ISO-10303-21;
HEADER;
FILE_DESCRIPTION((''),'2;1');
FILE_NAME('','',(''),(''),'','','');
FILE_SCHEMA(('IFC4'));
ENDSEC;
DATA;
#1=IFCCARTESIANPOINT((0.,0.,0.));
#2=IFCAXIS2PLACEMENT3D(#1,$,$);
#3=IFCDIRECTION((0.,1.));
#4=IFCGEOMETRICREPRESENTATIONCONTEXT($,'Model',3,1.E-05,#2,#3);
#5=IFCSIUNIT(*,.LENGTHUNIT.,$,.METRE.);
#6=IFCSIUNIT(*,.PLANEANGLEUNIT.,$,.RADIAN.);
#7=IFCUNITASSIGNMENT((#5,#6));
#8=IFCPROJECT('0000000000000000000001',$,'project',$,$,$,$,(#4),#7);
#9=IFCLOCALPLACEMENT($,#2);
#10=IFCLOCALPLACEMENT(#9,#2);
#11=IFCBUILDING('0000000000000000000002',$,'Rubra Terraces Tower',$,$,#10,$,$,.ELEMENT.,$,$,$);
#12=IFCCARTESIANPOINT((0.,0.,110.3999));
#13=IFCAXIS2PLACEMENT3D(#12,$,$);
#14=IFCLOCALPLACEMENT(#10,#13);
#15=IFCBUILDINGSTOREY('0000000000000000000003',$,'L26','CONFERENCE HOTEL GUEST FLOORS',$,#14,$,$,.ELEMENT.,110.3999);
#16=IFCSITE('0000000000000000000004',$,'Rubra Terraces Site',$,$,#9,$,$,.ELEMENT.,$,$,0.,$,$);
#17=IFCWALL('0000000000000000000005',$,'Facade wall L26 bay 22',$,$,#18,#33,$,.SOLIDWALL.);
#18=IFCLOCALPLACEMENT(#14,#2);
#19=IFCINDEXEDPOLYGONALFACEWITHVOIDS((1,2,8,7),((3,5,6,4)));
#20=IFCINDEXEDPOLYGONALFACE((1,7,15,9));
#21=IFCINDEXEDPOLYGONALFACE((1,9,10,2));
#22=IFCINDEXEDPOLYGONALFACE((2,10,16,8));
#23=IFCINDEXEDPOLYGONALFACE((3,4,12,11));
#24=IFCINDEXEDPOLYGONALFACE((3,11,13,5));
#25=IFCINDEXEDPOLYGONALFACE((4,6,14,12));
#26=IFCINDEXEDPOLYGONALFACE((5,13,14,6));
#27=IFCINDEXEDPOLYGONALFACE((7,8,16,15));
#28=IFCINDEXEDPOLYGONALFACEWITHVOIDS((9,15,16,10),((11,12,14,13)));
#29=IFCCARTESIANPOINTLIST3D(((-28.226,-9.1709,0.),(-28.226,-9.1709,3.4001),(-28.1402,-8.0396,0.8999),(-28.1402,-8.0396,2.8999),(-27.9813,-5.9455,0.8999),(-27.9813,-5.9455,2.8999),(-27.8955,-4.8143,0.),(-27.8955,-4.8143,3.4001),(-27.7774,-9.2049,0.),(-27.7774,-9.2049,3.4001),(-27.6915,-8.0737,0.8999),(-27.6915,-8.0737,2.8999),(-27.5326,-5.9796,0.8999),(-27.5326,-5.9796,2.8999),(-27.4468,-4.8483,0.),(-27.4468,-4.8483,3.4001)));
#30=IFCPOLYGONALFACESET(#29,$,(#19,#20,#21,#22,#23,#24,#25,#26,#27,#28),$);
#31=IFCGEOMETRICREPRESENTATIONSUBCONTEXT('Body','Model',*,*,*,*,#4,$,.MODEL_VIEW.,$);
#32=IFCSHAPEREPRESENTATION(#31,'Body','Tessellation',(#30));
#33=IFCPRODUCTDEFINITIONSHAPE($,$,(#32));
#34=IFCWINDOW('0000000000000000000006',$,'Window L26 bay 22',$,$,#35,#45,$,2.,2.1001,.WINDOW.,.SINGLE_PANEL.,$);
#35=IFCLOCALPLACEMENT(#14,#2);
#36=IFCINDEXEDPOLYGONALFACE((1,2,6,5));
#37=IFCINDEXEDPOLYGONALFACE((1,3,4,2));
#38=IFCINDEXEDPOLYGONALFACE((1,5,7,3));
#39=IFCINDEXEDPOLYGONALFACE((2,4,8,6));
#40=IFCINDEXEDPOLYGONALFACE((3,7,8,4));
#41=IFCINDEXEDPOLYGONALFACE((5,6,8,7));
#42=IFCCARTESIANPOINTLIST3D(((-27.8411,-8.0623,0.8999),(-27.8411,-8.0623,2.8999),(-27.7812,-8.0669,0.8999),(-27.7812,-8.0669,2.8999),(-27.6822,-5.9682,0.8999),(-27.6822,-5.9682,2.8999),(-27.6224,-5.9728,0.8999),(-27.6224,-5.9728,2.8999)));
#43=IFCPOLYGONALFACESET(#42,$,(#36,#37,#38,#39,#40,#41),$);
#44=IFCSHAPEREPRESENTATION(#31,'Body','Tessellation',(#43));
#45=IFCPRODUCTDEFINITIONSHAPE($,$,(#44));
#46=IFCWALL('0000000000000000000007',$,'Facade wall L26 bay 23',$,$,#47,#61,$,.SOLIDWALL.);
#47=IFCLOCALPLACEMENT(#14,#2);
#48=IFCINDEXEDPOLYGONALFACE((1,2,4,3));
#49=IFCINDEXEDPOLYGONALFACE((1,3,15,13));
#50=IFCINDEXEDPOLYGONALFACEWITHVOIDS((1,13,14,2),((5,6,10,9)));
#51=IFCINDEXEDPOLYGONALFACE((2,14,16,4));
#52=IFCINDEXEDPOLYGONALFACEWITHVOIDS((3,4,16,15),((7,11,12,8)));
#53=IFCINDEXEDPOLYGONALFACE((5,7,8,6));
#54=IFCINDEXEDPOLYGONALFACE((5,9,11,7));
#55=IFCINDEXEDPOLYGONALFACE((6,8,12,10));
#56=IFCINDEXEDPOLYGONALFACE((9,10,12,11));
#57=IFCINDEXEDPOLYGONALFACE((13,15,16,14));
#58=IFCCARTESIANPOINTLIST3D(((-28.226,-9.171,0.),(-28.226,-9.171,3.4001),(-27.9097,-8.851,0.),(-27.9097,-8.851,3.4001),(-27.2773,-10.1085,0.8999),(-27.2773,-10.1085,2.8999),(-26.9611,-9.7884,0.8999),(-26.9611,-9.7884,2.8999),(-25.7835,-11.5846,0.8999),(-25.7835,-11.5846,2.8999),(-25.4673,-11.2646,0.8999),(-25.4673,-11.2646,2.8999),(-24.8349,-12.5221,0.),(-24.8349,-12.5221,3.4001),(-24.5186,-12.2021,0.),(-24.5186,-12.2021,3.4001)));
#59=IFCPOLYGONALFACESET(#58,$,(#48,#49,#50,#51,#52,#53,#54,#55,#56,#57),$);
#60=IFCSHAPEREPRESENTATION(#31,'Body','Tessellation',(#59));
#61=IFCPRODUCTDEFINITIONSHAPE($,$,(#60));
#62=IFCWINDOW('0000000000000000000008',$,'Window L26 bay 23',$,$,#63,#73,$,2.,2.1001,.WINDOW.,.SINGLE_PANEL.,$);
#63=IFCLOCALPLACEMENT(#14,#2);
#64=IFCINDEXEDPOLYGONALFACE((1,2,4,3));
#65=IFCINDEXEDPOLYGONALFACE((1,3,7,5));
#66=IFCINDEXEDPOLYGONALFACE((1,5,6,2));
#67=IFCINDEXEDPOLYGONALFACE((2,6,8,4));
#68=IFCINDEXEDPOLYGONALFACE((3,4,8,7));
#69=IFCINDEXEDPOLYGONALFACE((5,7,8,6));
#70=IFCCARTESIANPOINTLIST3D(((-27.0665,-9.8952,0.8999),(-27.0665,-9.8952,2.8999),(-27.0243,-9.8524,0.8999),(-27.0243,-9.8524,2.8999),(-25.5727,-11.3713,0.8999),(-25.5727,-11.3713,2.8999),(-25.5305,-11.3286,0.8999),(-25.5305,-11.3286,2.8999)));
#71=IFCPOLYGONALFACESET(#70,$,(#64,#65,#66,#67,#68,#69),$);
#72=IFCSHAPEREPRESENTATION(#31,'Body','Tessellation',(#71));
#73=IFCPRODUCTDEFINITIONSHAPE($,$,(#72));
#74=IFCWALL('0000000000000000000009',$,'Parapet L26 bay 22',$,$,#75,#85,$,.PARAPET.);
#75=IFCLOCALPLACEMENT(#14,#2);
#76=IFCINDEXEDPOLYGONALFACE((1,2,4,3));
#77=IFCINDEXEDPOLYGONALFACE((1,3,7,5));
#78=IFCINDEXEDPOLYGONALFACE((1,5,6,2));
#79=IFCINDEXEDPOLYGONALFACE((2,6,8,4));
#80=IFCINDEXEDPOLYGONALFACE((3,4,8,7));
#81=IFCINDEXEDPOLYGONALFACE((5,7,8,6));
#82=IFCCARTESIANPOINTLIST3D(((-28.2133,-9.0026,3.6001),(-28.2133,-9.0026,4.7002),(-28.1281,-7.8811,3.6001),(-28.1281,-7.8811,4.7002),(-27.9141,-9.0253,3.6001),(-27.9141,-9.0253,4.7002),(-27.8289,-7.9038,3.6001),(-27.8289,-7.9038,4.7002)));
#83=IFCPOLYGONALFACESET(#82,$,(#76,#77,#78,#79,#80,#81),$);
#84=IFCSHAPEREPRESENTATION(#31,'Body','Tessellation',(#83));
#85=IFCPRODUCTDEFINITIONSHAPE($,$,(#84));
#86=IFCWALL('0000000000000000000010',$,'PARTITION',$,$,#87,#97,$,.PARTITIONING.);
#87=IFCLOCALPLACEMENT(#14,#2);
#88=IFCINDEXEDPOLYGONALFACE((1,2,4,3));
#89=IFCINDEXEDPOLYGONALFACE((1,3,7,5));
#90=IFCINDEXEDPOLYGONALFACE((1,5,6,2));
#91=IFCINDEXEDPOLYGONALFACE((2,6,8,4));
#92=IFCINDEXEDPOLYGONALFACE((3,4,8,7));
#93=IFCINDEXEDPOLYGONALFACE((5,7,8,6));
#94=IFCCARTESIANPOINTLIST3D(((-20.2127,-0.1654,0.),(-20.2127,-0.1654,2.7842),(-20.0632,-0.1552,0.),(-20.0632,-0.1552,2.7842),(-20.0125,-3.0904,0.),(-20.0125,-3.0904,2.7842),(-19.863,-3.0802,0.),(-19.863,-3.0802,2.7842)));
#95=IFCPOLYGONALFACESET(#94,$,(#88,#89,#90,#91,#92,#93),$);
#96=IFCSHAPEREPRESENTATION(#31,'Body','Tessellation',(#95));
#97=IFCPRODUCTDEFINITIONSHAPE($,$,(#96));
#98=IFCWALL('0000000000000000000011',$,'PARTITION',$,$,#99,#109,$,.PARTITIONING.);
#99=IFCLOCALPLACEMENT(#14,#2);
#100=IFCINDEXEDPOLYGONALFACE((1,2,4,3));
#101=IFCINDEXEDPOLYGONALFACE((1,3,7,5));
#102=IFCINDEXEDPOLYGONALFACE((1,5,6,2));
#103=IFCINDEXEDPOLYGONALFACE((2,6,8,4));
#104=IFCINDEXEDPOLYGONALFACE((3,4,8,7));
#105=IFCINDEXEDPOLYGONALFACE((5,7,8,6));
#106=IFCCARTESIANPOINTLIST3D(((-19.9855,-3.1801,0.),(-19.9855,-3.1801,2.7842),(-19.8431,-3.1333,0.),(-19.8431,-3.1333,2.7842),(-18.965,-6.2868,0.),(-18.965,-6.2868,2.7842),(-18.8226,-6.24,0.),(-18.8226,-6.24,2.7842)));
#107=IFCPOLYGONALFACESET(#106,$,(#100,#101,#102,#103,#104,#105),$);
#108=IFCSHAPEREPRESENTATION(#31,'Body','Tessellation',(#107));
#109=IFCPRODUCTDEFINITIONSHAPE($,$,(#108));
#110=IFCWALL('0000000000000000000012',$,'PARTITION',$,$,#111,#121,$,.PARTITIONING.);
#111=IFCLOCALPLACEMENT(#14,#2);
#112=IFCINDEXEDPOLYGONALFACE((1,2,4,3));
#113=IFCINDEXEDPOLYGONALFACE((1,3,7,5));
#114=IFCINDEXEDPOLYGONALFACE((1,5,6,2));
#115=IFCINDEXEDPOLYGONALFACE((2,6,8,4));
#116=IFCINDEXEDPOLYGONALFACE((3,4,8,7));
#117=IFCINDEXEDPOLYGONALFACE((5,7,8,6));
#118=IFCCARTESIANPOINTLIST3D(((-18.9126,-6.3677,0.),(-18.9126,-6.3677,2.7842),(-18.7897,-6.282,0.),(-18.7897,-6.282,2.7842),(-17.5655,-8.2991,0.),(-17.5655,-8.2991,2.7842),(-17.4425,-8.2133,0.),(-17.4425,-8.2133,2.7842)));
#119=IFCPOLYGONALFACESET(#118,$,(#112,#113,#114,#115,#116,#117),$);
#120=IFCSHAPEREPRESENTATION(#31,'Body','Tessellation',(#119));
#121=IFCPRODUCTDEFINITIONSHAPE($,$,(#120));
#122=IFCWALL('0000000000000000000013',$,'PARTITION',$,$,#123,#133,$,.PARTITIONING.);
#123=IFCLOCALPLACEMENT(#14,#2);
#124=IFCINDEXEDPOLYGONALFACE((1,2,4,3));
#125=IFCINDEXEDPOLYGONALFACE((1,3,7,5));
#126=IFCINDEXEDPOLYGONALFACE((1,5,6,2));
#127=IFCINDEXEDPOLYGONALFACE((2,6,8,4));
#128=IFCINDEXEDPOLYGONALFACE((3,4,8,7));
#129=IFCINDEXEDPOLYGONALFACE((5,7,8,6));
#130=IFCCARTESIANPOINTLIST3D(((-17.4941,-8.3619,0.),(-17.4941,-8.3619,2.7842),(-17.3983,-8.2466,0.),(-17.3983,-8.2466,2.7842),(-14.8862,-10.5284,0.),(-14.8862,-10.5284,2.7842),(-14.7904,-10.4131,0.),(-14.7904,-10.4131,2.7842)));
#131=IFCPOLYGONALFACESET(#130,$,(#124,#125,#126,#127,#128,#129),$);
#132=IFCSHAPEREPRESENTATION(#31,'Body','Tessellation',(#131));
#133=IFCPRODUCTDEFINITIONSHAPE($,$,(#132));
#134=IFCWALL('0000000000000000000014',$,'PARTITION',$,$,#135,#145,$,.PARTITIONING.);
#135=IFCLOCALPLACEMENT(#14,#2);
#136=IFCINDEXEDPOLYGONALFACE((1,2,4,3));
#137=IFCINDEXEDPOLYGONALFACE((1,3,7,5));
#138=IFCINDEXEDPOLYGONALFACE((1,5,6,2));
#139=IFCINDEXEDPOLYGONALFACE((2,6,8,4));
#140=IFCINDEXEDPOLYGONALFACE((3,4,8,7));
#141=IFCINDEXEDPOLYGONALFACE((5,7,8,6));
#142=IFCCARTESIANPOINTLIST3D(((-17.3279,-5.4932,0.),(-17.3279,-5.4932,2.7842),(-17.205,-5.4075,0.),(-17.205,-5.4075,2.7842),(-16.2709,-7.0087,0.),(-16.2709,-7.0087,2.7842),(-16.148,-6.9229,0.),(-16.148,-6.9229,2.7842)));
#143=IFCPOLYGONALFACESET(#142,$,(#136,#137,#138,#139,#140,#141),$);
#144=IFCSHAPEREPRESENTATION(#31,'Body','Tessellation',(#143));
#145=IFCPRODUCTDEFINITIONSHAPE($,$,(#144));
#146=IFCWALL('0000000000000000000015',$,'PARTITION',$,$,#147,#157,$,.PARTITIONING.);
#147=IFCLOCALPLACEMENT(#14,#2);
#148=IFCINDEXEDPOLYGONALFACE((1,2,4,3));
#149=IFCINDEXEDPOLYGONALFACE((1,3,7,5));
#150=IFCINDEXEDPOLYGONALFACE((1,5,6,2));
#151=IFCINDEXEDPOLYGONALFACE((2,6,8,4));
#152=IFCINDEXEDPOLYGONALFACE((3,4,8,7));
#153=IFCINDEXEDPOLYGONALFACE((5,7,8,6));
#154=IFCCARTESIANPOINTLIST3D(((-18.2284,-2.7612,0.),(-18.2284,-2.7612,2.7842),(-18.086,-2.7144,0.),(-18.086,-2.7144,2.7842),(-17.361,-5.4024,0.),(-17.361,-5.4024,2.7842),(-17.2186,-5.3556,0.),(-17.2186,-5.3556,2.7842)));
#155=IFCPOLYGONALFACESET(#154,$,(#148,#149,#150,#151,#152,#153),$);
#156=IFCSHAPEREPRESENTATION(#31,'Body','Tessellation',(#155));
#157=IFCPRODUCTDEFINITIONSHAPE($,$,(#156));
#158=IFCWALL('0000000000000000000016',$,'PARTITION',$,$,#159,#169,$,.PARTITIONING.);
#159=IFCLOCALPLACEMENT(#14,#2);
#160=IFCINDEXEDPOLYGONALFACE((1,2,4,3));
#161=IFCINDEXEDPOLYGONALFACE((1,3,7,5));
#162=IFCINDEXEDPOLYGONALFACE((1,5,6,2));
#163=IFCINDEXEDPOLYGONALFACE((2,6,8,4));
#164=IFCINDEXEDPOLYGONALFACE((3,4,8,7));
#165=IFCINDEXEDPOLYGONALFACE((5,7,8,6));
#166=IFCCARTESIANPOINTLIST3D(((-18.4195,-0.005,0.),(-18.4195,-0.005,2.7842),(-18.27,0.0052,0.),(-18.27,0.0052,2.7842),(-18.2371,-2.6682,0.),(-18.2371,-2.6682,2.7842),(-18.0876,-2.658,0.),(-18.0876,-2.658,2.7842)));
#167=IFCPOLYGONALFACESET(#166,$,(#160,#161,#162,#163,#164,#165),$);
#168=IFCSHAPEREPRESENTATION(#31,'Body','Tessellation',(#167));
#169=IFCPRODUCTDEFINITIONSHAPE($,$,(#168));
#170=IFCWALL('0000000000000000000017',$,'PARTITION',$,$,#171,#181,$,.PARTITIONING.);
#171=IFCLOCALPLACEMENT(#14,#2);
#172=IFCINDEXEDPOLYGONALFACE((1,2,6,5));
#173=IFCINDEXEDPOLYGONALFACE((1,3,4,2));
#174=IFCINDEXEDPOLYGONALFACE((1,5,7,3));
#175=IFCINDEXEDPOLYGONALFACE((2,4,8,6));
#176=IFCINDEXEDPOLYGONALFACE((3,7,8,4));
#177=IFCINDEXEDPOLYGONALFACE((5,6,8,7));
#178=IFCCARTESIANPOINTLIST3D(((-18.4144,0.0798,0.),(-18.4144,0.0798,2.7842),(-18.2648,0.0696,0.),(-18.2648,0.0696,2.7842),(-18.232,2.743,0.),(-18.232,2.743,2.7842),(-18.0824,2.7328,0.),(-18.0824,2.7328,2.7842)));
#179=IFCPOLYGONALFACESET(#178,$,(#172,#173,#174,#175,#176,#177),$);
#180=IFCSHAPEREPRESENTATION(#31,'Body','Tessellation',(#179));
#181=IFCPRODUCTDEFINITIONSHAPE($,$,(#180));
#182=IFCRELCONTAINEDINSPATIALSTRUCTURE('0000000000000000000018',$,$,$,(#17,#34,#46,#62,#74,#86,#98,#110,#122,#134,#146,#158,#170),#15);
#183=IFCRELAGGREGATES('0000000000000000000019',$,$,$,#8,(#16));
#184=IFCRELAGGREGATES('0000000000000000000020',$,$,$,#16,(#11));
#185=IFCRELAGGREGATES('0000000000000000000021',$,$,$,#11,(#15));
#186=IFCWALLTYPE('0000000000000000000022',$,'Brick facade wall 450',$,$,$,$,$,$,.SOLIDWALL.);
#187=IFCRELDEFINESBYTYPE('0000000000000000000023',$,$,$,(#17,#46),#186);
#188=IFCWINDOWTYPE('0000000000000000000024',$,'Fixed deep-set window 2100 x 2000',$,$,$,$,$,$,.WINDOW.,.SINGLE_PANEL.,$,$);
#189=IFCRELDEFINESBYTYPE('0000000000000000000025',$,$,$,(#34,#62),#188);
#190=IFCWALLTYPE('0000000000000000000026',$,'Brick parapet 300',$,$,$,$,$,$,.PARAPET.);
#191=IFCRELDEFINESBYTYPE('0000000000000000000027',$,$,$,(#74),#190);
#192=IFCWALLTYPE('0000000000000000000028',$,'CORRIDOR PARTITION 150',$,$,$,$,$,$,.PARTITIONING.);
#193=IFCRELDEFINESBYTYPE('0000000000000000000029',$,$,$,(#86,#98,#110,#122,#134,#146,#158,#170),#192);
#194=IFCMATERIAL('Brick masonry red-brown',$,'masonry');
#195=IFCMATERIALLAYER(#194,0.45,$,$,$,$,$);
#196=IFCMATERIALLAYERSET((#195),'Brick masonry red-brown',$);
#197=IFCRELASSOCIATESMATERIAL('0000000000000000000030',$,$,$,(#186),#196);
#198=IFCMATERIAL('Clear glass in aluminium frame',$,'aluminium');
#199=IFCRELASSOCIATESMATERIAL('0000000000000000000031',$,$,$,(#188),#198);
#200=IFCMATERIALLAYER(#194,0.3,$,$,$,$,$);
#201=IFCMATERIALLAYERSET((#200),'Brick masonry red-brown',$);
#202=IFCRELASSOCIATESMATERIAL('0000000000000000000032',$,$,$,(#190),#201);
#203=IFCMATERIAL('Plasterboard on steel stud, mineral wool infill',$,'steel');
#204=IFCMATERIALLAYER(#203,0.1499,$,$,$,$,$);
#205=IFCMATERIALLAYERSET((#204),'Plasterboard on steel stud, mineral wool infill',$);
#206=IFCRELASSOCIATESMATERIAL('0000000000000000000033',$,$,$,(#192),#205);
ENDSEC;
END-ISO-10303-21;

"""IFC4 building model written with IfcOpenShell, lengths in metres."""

from ifc_helpers import new_model, si_unit, direction, frame, frame_2d, origin, place, context, subcontext, project, spatial, rectangle, extrude, material, layer, layer_set, type_object, element, fill, save


model = new_model("IFC4")

# Units and contexts
model_context = context("Model", 3, precision=1e-05, world=origin(), true_north=direction((0.0, 1.0)))
body_context = subcontext(model_context, "Body", "Model", "MODEL_VIEW")
ifc_project = project(units=[si_unit("LENGTHUNIT", "METRE"), si_unit("PLANEANGLEUNIT", "RADIAN")], contexts=[model_context])

# Site, building, storey
site_placement = place(None, origin())
site = spatial("IfcSite", under=ifc_project, at=site_placement, Name="Rubra Terraces Site", CompositionType="ELEMENT", RefElevation=0.0)
building_placement = place(site_placement, origin())
building = spatial("IfcBuilding", under=site, at=building_placement, Name="Rubra Terraces Tower", CompositionType="ELEMENT")
storey_placement = place(building_placement, frame((0.0, 0.0, 110.3999)))
storey = spatial("IfcBuildingStorey", under=building, at=storey_placement, Name="L26", Description="CONFERENCE HOTEL GUEST FLOORS", CompositionType="ELEMENT", Elevation=110.3999)

# Walls, openings, windows
ifc_material_1 = material(Name="Brick masonry red-brown", Category="masonry")
ifc_layer_1 = layer(ifc_material_1, 0.45)
ifc_layer_set_1 = layer_set([ifc_layer_1], Name="Brick masonry red-brown")
wall_type_1 = type_object("IfcWallType", Name="Brick facade wall 450", PredefinedType="SOLIDWALL", material=ifc_layer_set_1)
ifc_material_2 = material(Name="Clear glass in aluminium frame", Category="aluminium")
wall_1_placement = place(storey_placement, frame((-27.6711, -4.8313, 0.0), z_axis=(0.0, 0.0, 1.0), x_axis=(-0.075658, -0.997134, 0.0)))
wall_1 = element("IfcWall", 1, at=wall_1_placement, inside=storey, type_object=wall_type_1, Name="Facade wall L26 bay 22", PredefinedType="SOLIDWALL", context=body_context, shape_type="SweptSolid", body=[
    extrude(rectangle(XDim=4.3691, YDim=0.45, at=frame_2d((2.1846, 0.0))), origin(), (0.0, 0.0, 1.0), 3.4001),
])
opening_1_placement = place(wall_1_placement, frame((1.1345, 0.0, 0.8999)))
opening_1 = element("IfcOpeningElement", 2, at=opening_1_placement, cuts=wall_1, PredefinedType="OPENING", context=body_context, shape_type="SweptSolid", body=[
    extrude(rectangle(XDim=2.1001, YDim=2.0, at=frame_2d((1.05, 1.0))), frame((0.0, 0.2349, 0.0), z_axis=(0.0, -1.0, 0.0), x_axis=(1.0, 0.0, 0.0)), (0.0, 0.0, 1.0), 0.47),
])
window_type_1 = type_object("IfcWindowType", Name="Fixed deep-set window 2100 x 2000", PartitioningType="SINGLE_PANEL", PredefinedType="WINDOW", material=ifc_material_2)
window_1_placement = place(opening_1_placement, origin())
window_1 = element("IfcWindow", 3, at=window_1_placement, inside=storey, type_object=window_type_1, Name="Window L26 bay 22", OverallHeight=2.0, OverallWidth=2.1001, PartitioningType="SINGLE_PANEL", PredefinedType="WINDOW", context=body_context, shape_type="SweptSolid", body=[
    extrude(rectangle(XDim=2.1001, YDim=2.0, at=frame_2d((1.05, 1.0))), frame((0.0, 0.135, 0.0), z_axis=(0.0, -1.0, 0.0), x_axis=(1.0, 0.0, 0.0)), (0.0, 0.0, 1.0), 0.0601),
])
fill(opening_1, window_1)
wall_2_placement = place(storey_placement, frame((-28.0679, -9.011, 0.0), z_axis=(0.0, 0.0, 1.0), x_axis=(0.711293, -0.702895, 0.0)))
wall_2 = element("IfcWall", 4, at=wall_2_placement, inside=storey, type_object=wall_type_1, Name="Facade wall L26 bay 23", PredefinedType="SOLIDWALL", context=body_context, shape_type="SweptSolid", body=[
    extrude(rectangle(XDim=4.7676, YDim=0.45, at=frame_2d((2.3838, 0.0))), origin(), (0.0, 0.0, 1.0), 3.4001),
])
opening_2_placement = place(wall_2_placement, frame((1.3337, 0.0, 0.8999)))
opening_2 = element("IfcOpeningElement", 5, at=opening_2_placement, cuts=wall_2, PredefinedType="OPENING", context=body_context, shape_type="SweptSolid", body=[
    extrude(rectangle(XDim=2.1001, YDim=2.0, at=frame_2d((1.05, 1.0))), frame((0.0, 0.2349, 0.0), z_axis=(0.0, -1.0, 0.0), x_axis=(1.0, 0.0, 0.0)), (0.0, 0.0, 1.0), 0.47),
])
window_2_placement = place(opening_2_placement, origin())
window_2 = element("IfcWindow", 6, at=window_2_placement, inside=storey, type_object=window_type_1, Name="Window L26 bay 23", OverallHeight=2.0, OverallWidth=2.1001, PartitioningType="SINGLE_PANEL", PredefinedType="WINDOW", context=body_context, shape_type="SweptSolid", body=[
    extrude(rectangle(XDim=2.1001, YDim=2.0, at=frame_2d((1.05, 1.0))), frame((0.0, 0.135, 0.0), z_axis=(0.0, -1.0, 0.0), x_axis=(1.0, 0.0, 0.0)), (0.0, 0.0, 1.0), 0.0601),
])
fill(opening_2, window_2)

# Walls
ifc_layer_2 = layer(ifc_material_1, 0.3)
ifc_layer_set_2 = layer_set([ifc_layer_2], Name="Brick masonry red-brown")
wall_type_2 = type_object("IfcWallType", Name="Brick parapet 300", PredefinedType="PARAPET", material=ifc_layer_set_2)
wall_3_placement = place(storey_placement, frame((-27.9785, -7.8923, 3.6001), z_axis=(0.0, 0.0, 1.0), x_axis=(-0.07575, -0.997127, 0.0)))
element("IfcWall", 7, at=wall_3_placement, inside=storey, type_object=wall_type_2, Name="Parapet L26 bay 22", PredefinedType="PARAPET", context=body_context, shape_type="SweptSolid", body=[
    extrude(rectangle(XDim=1.1248, YDim=0.3, at=frame_2d((0.5625, 0.0))), origin(), (0.0, 0.0, 1.0), 1.1001),
])
ifc_material_3 = material(Name="Plasterboard on steel stud, mineral wool infill", Category="steel")
ifc_layer_3 = layer(ifc_material_3, 0.1499)
ifc_layer_set_3 = layer_set([ifc_layer_3], Name="Plasterboard on steel stud, mineral wool infill")
wall_type_3 = type_object("IfcWallType", Name="CORRIDOR PARTITION 150", PredefinedType="PARTITIONING", material=ifc_layer_set_3)
wall_4_placement = place(storey_placement, frame((-20.1379, -0.1604, 0.0), z_axis=(0.0, 0.0, 1.0), x_axis=(0.068282, -0.997666, 0.0)))
element("IfcWall", 8, at=wall_4_placement, inside=storey, type_object=wall_type_3, Name="PARTITION", PredefinedType="PARTITIONING", context=body_context, shape_type="SweptSolid", body=[
    extrude(rectangle(XDim=2.9319, YDim=0.1499, at=frame_2d((1.4658, 0.0))), origin(), (0.0, 0.0, 1.0), 2.7842),
])
wall_5_placement = place(storey_placement, frame((-19.9143, -3.1567, 0.0), z_axis=(0.0, 0.0, 1.0), x_axis=(0.312081, -0.950055, 0.0)))
element("IfcWall", 9, at=wall_5_placement, inside=storey, type_object=wall_type_3, Name="PARTITION", PredefinedType="PARTITIONING", context=body_context, shape_type="SweptSolid", body=[
    extrude(rectangle(XDim=3.27, YDim=0.1499, at=frame_2d((1.635, 0.0))), origin(), (0.0, 0.0, 1.0), 2.7842),
])
wall_6_placement = place(storey_placement, frame((-18.8511, -6.325, 0.0), z_axis=(0.0, 0.0, 1.0), x_axis=(0.572091, -0.82019, 0.0)))
element("IfcWall", 10, at=wall_6_placement, inside=storey, type_object=wall_type_3, Name="PARTITION", PredefinedType="PARTITIONING", context=body_context, shape_type="SweptSolid", body=[
    extrude(rectangle(XDim=2.3547, YDim=0.1499, at=frame_2d((1.1772, 0.0))), origin(), (0.0, 0.0, 1.0), 2.7842),
])
wall_7_placement = place(storey_placement, frame((-17.4463, -8.3042, 0.0), z_axis=(0.0, 0.0, 1.0), x_axis=(0.7692, -0.639008, 0.0)))
element("IfcWall", 11, at=wall_7_placement, inside=storey, type_object=wall_type_3, Name="PARTITION", PredefinedType="PARTITIONING", context=body_context, shape_type="SweptSolid", body=[
    extrude(rectangle(XDim=3.3904, YDim=0.1499, at=frame_2d((1.6953, 0.0))), origin(), (0.0, 0.0, 1.0), 2.7842),
])
wall_8_placement = place(storey_placement, frame((-16.2095, -6.9658, 0.0), z_axis=(0.0, 0.0, 1.0), x_axis=(-0.572051, 0.820218, 0.0)))
element("IfcWall", 12, at=wall_8_placement, inside=storey, type_object=wall_type_3, Name="PARTITION", PredefinedType="PARTITIONING", context=body_context, shape_type="SweptSolid", body=[
    extrude(rectangle(XDim=1.8477, YDim=0.1499, at=frame_2d((0.9238, 0.0))), origin(), (0.0, 0.0, 1.0), 2.7842),
])
wall_9_placement = place(storey_placement, frame((-17.2898, -5.3792, 0.0), z_axis=(0.0, 0.0, 1.0), x_axis=(-0.312009, 0.950079, 0.0)))
element("IfcWall", 13, at=wall_9_placement, inside=storey, type_object=wall_type_3, Name="PARTITION", PredefinedType="PARTITIONING", context=body_context, shape_type="SweptSolid", body=[
    extrude(rectangle(XDim=2.78, YDim=0.1499, at=frame_2d((1.3901, 0.0))), origin(), (0.0, 0.0, 1.0), 2.7842),
])
for number, where, z_axis, x_axis, name in (
    (14, (-18.1624, -2.6631, 0.0), (0.0, 0.0, 1.0), (-0.068322, 0.997663, 0.0), "PARTITION"),
    (15, (-18.3396, 0.0747, 0.0), (0.0, 0.0, 1.0), (0.068322, 0.997663, 0.0), "PARTITION"),
):
    element("IfcWall", number, at=place(storey_placement, frame(where, z_axis=z_axis, x_axis=x_axis)), inside=storey, type_object=wall_type_3, Name=name, PredefinedType="PARTITIONING", context=body_context, shape_type="SweptSolid", body=[
        extrude(rectangle(XDim=2.6694, YDim=0.1499, at=frame_2d((1.3347, 0.0))), origin(), (0.0, 0.0, 1.0), 2.7842),
    ])

save(model, "model.ifc")
